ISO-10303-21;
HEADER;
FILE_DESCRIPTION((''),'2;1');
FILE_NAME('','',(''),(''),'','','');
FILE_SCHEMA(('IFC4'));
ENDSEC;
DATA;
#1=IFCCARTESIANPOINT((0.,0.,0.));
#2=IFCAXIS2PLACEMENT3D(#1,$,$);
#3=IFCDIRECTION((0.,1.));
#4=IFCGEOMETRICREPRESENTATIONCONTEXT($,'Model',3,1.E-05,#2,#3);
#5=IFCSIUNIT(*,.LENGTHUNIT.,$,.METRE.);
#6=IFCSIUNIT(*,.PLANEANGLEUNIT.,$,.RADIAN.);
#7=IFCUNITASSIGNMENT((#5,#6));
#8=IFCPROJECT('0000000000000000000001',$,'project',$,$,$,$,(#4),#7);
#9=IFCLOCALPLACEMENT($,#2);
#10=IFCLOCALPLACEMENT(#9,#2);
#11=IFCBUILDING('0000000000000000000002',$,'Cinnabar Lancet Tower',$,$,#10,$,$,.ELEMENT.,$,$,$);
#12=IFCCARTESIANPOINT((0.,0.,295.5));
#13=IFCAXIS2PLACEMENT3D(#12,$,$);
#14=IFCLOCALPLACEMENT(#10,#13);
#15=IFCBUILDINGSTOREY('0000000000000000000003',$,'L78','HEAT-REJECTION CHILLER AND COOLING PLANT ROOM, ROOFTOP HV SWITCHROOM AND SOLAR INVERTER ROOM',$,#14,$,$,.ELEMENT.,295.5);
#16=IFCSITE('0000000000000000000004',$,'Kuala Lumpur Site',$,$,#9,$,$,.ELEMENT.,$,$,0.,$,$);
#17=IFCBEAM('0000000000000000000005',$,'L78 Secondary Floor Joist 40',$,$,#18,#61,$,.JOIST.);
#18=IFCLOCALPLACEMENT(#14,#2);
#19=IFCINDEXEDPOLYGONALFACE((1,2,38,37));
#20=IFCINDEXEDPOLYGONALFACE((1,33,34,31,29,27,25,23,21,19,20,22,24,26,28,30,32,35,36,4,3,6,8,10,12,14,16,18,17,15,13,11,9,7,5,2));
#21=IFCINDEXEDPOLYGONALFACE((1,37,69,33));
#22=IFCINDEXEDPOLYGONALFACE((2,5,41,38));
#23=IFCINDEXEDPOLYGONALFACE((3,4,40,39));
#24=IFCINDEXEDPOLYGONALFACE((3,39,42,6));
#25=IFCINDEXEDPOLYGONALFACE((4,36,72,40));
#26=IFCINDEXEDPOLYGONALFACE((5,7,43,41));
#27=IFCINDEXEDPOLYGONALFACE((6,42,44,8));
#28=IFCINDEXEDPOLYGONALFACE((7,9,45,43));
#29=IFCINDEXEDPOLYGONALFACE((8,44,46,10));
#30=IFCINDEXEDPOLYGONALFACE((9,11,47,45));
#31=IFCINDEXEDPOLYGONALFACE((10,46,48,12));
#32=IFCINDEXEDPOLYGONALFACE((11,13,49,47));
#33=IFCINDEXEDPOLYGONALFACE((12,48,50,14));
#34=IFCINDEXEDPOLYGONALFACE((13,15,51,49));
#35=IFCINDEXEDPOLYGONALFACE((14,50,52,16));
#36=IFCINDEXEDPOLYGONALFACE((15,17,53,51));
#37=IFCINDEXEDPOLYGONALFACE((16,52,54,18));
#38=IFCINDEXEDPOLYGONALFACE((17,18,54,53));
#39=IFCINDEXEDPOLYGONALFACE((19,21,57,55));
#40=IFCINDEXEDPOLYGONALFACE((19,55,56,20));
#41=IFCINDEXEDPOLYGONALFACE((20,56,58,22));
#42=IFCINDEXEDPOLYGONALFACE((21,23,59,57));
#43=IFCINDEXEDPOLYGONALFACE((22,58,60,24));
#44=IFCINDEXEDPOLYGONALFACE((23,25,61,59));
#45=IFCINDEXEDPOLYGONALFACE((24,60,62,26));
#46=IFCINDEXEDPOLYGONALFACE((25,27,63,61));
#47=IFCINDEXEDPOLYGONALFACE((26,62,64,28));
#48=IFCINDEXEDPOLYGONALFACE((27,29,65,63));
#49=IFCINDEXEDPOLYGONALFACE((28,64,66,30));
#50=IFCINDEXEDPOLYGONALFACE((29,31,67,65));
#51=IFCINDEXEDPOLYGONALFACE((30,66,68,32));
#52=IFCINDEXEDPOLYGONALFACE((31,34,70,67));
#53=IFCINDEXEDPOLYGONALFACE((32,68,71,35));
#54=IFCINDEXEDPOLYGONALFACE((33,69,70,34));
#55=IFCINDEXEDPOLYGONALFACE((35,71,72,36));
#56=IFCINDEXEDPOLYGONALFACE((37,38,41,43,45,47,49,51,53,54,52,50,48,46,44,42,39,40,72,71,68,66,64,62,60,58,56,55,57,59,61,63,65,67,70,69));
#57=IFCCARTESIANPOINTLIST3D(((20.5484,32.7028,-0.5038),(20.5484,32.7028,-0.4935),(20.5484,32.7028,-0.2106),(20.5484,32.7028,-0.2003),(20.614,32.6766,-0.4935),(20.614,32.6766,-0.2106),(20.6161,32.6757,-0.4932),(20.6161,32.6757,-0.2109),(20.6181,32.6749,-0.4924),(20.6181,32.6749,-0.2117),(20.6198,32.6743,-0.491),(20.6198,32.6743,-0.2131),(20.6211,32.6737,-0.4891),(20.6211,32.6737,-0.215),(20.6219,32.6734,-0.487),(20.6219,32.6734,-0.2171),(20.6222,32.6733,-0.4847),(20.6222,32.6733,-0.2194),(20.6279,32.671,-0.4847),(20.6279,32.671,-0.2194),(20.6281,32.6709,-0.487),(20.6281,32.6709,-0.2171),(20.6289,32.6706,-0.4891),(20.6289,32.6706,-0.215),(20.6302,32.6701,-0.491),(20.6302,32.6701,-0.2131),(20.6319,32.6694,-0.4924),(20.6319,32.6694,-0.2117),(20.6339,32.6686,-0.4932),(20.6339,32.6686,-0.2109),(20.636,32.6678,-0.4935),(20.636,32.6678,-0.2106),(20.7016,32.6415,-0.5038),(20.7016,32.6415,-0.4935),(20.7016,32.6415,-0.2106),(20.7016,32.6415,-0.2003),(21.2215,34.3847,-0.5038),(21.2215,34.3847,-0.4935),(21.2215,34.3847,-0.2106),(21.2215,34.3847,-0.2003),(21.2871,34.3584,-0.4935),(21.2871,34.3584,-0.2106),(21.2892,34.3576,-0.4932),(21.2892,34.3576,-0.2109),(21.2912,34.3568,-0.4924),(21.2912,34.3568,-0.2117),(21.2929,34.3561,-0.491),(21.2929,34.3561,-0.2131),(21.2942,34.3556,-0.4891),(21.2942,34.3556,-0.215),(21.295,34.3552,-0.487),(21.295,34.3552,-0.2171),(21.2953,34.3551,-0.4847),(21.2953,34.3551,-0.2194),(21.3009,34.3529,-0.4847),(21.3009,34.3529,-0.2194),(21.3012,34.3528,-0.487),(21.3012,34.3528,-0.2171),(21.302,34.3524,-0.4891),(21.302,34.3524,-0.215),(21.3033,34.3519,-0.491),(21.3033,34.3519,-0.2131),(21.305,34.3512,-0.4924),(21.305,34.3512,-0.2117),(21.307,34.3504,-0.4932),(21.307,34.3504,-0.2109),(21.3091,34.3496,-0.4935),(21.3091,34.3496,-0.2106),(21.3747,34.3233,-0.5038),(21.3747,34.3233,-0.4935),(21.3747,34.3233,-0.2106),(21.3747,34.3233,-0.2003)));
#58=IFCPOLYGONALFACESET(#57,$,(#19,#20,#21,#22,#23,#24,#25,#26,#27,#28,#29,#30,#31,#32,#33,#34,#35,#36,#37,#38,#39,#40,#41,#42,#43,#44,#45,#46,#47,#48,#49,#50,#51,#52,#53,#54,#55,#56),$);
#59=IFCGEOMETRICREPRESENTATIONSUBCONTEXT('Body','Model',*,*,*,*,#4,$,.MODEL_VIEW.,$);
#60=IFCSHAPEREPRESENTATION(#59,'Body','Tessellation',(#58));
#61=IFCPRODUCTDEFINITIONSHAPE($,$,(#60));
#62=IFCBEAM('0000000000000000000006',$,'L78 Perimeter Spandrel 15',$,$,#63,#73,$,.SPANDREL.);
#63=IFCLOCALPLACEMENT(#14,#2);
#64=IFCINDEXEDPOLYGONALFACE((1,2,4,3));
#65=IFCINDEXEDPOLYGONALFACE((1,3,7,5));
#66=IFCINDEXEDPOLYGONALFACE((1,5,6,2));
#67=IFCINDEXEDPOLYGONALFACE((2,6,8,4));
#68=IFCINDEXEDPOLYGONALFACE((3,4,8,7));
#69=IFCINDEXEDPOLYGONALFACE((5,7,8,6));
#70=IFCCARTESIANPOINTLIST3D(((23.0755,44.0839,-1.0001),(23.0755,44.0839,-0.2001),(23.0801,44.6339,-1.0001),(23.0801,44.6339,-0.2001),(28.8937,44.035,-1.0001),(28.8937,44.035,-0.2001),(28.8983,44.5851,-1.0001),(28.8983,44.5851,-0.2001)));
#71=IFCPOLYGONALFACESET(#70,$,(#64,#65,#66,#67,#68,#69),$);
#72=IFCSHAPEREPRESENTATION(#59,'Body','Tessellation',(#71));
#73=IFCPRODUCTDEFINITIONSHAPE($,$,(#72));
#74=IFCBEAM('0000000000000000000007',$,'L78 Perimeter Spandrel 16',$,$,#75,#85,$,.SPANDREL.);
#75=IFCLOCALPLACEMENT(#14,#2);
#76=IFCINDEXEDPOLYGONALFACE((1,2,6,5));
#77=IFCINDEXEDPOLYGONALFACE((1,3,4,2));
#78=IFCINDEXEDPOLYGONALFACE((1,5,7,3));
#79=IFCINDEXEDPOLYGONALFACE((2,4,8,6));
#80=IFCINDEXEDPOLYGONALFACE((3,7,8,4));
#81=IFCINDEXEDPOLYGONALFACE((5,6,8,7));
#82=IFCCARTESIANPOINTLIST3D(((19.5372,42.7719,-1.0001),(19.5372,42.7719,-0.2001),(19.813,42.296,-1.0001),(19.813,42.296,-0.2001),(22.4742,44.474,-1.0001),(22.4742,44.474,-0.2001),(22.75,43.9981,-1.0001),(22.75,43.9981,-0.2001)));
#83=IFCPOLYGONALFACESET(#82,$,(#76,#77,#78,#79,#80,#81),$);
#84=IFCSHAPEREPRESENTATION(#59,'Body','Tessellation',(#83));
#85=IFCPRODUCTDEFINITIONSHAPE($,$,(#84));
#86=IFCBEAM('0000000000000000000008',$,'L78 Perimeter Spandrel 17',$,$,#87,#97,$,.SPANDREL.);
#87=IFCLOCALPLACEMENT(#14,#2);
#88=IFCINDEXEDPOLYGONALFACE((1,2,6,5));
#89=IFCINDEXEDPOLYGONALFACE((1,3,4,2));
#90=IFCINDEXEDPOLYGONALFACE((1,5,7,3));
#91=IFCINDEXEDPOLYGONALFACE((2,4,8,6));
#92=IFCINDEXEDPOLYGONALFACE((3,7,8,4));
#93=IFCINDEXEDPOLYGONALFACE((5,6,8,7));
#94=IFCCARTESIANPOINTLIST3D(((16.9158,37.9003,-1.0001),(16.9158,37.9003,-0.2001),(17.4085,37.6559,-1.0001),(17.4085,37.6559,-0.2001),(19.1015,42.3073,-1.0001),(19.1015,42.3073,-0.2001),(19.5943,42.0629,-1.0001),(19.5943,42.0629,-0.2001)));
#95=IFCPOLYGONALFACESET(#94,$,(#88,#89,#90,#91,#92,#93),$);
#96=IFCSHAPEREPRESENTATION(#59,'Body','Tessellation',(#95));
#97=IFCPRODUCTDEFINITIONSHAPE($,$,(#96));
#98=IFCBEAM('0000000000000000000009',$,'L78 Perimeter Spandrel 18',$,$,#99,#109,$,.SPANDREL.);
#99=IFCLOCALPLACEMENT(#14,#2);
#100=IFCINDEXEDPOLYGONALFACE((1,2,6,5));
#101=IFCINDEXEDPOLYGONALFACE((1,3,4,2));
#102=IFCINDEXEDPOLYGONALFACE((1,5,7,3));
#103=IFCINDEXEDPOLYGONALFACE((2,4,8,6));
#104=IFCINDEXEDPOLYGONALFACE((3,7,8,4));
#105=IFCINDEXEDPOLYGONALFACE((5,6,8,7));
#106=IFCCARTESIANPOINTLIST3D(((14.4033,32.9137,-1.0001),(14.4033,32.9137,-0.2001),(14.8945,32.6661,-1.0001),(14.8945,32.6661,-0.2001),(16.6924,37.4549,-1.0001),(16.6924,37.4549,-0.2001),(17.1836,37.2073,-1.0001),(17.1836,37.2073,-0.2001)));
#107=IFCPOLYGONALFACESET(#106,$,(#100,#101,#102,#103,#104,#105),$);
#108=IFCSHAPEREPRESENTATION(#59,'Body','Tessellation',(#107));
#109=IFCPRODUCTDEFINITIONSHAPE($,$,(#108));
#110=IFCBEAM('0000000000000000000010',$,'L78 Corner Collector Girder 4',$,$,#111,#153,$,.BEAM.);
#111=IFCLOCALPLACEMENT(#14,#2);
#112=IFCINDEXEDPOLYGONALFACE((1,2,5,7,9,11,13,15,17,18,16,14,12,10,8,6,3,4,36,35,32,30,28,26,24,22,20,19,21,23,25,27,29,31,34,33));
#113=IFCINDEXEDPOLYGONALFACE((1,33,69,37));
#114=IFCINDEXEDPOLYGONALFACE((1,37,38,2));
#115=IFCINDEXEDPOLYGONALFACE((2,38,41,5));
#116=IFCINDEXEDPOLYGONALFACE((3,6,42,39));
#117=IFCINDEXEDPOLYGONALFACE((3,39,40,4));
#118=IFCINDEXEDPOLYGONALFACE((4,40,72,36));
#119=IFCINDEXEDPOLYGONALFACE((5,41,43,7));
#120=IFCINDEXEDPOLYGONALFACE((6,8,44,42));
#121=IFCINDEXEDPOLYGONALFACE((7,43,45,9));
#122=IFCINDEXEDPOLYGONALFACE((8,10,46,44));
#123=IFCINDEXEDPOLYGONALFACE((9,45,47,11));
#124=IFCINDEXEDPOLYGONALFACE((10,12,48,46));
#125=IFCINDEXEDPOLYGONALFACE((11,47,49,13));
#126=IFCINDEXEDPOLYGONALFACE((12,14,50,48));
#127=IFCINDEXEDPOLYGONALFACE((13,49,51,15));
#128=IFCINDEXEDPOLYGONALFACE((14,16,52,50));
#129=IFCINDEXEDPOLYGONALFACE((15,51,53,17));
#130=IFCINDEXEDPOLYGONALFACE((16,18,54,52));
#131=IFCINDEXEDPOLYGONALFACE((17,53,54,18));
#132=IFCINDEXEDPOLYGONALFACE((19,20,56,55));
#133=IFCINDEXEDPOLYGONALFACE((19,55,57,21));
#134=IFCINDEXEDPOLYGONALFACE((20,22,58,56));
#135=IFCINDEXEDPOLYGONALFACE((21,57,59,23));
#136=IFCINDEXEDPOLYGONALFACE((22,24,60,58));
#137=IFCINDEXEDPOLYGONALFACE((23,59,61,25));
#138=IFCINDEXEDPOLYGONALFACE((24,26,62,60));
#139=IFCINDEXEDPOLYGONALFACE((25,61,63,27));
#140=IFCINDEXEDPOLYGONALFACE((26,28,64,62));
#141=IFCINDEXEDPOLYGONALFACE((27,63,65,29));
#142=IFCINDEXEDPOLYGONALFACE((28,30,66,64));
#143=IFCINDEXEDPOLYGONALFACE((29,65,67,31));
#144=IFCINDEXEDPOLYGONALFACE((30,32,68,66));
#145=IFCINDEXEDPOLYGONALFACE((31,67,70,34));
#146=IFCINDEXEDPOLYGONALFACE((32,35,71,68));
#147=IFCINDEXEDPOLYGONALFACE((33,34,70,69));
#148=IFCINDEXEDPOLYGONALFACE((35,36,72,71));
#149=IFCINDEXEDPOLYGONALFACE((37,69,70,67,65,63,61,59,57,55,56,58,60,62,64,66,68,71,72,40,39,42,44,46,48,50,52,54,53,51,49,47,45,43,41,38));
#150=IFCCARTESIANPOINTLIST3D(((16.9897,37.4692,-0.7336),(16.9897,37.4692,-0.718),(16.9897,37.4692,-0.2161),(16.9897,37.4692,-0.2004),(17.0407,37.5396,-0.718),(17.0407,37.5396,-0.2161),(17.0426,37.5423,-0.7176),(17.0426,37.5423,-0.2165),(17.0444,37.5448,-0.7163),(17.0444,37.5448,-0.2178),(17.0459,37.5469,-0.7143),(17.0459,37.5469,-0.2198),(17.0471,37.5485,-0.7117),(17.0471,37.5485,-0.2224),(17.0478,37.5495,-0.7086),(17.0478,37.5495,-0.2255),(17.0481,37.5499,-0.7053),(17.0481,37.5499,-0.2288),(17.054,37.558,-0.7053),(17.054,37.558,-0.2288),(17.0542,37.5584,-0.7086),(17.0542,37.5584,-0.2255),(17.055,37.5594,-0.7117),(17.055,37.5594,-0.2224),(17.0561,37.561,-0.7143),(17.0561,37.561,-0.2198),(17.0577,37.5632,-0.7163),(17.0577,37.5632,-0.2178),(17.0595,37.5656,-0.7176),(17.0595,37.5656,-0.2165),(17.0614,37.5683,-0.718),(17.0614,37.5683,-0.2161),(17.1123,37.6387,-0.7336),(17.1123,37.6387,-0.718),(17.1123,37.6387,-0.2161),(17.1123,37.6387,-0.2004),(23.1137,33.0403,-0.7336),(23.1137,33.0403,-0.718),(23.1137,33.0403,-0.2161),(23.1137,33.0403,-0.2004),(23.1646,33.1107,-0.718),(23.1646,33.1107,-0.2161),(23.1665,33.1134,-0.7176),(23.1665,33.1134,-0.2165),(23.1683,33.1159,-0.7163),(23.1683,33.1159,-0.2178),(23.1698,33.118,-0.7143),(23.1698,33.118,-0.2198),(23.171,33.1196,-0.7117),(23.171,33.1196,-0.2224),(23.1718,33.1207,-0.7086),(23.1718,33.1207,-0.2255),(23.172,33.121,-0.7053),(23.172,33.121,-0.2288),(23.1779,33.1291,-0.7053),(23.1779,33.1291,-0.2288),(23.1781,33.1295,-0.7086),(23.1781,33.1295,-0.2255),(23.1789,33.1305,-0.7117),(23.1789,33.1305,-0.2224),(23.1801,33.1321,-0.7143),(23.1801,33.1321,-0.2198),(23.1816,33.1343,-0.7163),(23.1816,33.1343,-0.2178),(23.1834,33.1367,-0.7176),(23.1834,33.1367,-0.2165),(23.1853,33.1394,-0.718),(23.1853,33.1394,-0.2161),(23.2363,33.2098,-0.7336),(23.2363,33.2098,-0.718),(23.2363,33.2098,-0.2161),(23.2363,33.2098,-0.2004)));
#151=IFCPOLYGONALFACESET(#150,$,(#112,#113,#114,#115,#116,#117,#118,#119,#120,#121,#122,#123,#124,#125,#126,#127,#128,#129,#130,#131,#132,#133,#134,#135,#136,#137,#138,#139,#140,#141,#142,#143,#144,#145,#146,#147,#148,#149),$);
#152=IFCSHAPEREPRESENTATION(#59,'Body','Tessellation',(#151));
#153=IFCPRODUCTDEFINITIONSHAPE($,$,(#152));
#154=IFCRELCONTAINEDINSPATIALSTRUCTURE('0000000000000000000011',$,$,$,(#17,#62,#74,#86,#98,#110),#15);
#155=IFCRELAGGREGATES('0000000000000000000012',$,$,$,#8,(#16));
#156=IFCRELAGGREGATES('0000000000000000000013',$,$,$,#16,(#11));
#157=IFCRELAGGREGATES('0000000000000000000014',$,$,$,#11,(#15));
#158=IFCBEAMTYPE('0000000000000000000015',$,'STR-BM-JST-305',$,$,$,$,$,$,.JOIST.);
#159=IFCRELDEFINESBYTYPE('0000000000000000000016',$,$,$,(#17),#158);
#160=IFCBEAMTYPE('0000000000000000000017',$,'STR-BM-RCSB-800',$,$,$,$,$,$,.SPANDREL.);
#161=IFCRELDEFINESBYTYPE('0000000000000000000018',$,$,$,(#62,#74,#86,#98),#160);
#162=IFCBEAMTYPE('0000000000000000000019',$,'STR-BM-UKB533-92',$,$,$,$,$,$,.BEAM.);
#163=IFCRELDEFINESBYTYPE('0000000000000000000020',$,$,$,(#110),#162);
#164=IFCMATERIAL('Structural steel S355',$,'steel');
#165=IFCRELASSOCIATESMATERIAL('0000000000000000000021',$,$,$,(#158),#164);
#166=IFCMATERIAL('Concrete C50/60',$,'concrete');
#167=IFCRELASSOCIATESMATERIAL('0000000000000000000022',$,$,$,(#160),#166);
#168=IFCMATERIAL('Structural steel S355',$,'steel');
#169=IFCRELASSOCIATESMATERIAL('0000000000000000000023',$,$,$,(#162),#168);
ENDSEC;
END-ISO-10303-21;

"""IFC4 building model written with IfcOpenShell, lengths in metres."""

from ifc_helpers import new_model, si_unit, direction, frame, origin, origin_2d, place, context, subcontext, project, spatial, rectangle, i_section, extrude, material, material_profile, profile_set, type_object, element, save


model = new_model("IFC4")

# Units and contexts
model_context = context("Model", 3, precision=1e-05, world=origin(), true_north=direction((0.0, 1.0)))
body_context = subcontext(model_context, "Body", "Model", "MODEL_VIEW")
ifc_project = project(units=[si_unit("LENGTHUNIT", "METRE"), si_unit("PLANEANGLEUNIT", "RADIAN")], contexts=[model_context])

# Site, building, storey
site_placement = place(None, origin())
site = spatial("IfcSite", under=ifc_project, at=site_placement, Name="Kuala Lumpur Site", CompositionType="ELEMENT", RefElevation=0.0)
building_placement = place(site_placement, origin())
building = spatial("IfcBuilding", under=site, at=building_placement, Name="Cinnabar Lancet Tower", CompositionType="ELEMENT")
storey_placement = place(building_placement, frame((0.0, 0.0, 295.5)))
storey = spatial("IfcBuildingStorey", under=building, at=storey_placement, Name="L78", Description="HEAT-REJECTION CHILLER AND COOLING PLANT ROOM, ROOFTOP HV SWITCHROOM AND SOLAR INVERTER ROOM", CompositionType="ELEMENT", Elevation=295.5)

# Beams
ifc_material_1 = material(Name="Structural steel S355", Category="steel")
ifc_material_profile_1 = material_profile(ifc_material_1, i_section(OverallWidth=0.165, OverallDepth=0.3035, WebThickness=0.0061, FlangeThickness=0.0103, FilletRadius=0.0088, at=origin_2d()), Name="UKB 305x165x40")
ifc_profile_set_1 = profile_set([ifc_material_profile_1], Name="Structural steel S355")
beam_type_1 = type_object("IfcBeamType", Name="STR-BM-JST-305", PredefinedType="JOIST", material=ifc_profile_set_1)
beam_1_placement = place(storey_placement, frame((21.2981, 34.354, -0.3521), z_axis=(-0.371553, -0.928412, 0.0), x_axis=(0.928412, -0.371553, 0.0)))
element("IfcBeam", 1, at=beam_1_placement, inside=storey, type_object=beam_type_1, Name="L78 Secondary Floor Joist 40", PredefinedType="JOIST", context=body_context, shape_type="SweptSolid", body=[
    extrude(i_section(OverallWidth=0.165, OverallDepth=0.3035, WebThickness=0.0061, FlangeThickness=0.0103, FilletRadius=0.0088, at=origin_2d()), origin(), (0.0, 0.0, 1.0), 1.8115),
])
ifc_material_2 = material(Name="Concrete C50/60", Category="concrete")
ifc_material_profile_2 = material_profile(ifc_material_2, rectangle(XDim=0.55, YDim=0.8, at=origin_2d()), Name="RC-SB 550x800")
ifc_profile_set_2 = profile_set([ifc_material_profile_2], Name="Concrete C50/60")
beam_type_2 = type_object("IfcBeamType", Name="STR-BM-RCSB-800", PredefinedType="SPANDREL", material=ifc_profile_set_2)
beam_2_placement = place(storey_placement, frame((28.896, 44.3101, -0.6001), z_axis=(-0.999965, 0.008392, 0.0), x_axis=(-0.008392, -0.999965, 0.0)))
element("IfcBeam", 2, at=beam_2_placement, inside=storey, type_object=beam_type_2, Name="L78 Perimeter Spandrel 15", PredefinedType="SPANDREL", context=body_context, shape_type="SweptSolid", body=[
    extrude(rectangle(XDim=0.55, YDim=0.8, at=origin_2d()), origin(), (0.0, 0.0, 1.0), 5.8184),
])
beam_3_placement = place(storey_placement, frame((22.6121, 44.2361, -0.6001), z_axis=(-0.8652, -0.501427, 0.0), x_axis=(0.501427, -0.8652, 0.0)))
element("IfcBeam", 3, at=beam_3_placement, inside=storey, type_object=beam_type_2, Name="L78 Perimeter Spandrel 16", PredefinedType="SPANDREL", context=body_context, shape_type="SweptSolid", body=[
    extrude(rectangle(XDim=0.55, YDim=0.8, at=origin_2d()), origin(), (0.0, 0.0, 1.0), 3.3945),
])
beam_4_placement = place(storey_placement, frame((19.3479, 42.1851, -0.6001), z_axis=(-0.444333, -0.895862, 0.0), x_axis=(0.895862, -0.444333, 0.0)))
element("IfcBeam", 4, at=beam_4_placement, inside=storey, type_object=beam_type_2, Name="L78 Perimeter Spandrel 17", PredefinedType="SPANDREL", context=body_context, shape_type="SweptSolid", body=[
    extrude(rectangle(XDim=0.55, YDim=0.8, at=origin_2d()), origin(), (0.0, 0.0, 1.0), 4.9192),
])
beam_5_placement = place(storey_placement, frame((16.938, 37.3311, -0.6001), z_axis=(-0.45013, -0.892963, 0.0), x_axis=(0.892963, -0.45013, 0.0)))
element("IfcBeam", 5, at=beam_5_placement, inside=storey, type_object=beam_type_2, Name="L78 Perimeter Spandrel 18", PredefinedType="SPANDREL", context=body_context, shape_type="SweptSolid", body=[
    extrude(rectangle(XDim=0.55, YDim=0.8, at=origin_2d()), origin(), (0.0, 0.0, 1.0), 5.0854),
])
ifc_material_3 = material(Name="Structural steel S355", Category="steel")
ifc_material_profile_3 = material_profile(ifc_material_3, i_section(OverallWidth=0.2092, OverallDepth=0.5332, WebThickness=0.01, FlangeThickness=0.0156, FilletRadius=0.0127, at=origin_2d()), Name="UKB 533x210x92")
ifc_profile_set_3 = profile_set([ifc_material_profile_3], Name="Structural steel S355")
beam_type_3 = type_object("IfcBeamType", Name="STR-BM-UKB533-92", PredefinedType="BEAM", material=ifc_profile_set_3)
beam_6_placement = place(storey_placement, frame((17.051, 37.554, -0.467), z_axis=(0.810299, -0.586016, 0.0), x_axis=(0.586016, 0.810299, 0.0)))
element("IfcBeam", 6, at=beam_6_placement, inside=storey, type_object=beam_type_3, Name="L78 Corner Collector Girder 4", PredefinedType="BEAM", context=body_context, shape_type="SweptSolid", body=[
    extrude(i_section(OverallWidth=0.2092, OverallDepth=0.5332, WebThickness=0.01, FlangeThickness=0.0156, FilletRadius=0.0127, at=origin_2d()), origin(), (0.0, 0.0, 1.0), 7.5576),
])

save(model, "model.ifc")
